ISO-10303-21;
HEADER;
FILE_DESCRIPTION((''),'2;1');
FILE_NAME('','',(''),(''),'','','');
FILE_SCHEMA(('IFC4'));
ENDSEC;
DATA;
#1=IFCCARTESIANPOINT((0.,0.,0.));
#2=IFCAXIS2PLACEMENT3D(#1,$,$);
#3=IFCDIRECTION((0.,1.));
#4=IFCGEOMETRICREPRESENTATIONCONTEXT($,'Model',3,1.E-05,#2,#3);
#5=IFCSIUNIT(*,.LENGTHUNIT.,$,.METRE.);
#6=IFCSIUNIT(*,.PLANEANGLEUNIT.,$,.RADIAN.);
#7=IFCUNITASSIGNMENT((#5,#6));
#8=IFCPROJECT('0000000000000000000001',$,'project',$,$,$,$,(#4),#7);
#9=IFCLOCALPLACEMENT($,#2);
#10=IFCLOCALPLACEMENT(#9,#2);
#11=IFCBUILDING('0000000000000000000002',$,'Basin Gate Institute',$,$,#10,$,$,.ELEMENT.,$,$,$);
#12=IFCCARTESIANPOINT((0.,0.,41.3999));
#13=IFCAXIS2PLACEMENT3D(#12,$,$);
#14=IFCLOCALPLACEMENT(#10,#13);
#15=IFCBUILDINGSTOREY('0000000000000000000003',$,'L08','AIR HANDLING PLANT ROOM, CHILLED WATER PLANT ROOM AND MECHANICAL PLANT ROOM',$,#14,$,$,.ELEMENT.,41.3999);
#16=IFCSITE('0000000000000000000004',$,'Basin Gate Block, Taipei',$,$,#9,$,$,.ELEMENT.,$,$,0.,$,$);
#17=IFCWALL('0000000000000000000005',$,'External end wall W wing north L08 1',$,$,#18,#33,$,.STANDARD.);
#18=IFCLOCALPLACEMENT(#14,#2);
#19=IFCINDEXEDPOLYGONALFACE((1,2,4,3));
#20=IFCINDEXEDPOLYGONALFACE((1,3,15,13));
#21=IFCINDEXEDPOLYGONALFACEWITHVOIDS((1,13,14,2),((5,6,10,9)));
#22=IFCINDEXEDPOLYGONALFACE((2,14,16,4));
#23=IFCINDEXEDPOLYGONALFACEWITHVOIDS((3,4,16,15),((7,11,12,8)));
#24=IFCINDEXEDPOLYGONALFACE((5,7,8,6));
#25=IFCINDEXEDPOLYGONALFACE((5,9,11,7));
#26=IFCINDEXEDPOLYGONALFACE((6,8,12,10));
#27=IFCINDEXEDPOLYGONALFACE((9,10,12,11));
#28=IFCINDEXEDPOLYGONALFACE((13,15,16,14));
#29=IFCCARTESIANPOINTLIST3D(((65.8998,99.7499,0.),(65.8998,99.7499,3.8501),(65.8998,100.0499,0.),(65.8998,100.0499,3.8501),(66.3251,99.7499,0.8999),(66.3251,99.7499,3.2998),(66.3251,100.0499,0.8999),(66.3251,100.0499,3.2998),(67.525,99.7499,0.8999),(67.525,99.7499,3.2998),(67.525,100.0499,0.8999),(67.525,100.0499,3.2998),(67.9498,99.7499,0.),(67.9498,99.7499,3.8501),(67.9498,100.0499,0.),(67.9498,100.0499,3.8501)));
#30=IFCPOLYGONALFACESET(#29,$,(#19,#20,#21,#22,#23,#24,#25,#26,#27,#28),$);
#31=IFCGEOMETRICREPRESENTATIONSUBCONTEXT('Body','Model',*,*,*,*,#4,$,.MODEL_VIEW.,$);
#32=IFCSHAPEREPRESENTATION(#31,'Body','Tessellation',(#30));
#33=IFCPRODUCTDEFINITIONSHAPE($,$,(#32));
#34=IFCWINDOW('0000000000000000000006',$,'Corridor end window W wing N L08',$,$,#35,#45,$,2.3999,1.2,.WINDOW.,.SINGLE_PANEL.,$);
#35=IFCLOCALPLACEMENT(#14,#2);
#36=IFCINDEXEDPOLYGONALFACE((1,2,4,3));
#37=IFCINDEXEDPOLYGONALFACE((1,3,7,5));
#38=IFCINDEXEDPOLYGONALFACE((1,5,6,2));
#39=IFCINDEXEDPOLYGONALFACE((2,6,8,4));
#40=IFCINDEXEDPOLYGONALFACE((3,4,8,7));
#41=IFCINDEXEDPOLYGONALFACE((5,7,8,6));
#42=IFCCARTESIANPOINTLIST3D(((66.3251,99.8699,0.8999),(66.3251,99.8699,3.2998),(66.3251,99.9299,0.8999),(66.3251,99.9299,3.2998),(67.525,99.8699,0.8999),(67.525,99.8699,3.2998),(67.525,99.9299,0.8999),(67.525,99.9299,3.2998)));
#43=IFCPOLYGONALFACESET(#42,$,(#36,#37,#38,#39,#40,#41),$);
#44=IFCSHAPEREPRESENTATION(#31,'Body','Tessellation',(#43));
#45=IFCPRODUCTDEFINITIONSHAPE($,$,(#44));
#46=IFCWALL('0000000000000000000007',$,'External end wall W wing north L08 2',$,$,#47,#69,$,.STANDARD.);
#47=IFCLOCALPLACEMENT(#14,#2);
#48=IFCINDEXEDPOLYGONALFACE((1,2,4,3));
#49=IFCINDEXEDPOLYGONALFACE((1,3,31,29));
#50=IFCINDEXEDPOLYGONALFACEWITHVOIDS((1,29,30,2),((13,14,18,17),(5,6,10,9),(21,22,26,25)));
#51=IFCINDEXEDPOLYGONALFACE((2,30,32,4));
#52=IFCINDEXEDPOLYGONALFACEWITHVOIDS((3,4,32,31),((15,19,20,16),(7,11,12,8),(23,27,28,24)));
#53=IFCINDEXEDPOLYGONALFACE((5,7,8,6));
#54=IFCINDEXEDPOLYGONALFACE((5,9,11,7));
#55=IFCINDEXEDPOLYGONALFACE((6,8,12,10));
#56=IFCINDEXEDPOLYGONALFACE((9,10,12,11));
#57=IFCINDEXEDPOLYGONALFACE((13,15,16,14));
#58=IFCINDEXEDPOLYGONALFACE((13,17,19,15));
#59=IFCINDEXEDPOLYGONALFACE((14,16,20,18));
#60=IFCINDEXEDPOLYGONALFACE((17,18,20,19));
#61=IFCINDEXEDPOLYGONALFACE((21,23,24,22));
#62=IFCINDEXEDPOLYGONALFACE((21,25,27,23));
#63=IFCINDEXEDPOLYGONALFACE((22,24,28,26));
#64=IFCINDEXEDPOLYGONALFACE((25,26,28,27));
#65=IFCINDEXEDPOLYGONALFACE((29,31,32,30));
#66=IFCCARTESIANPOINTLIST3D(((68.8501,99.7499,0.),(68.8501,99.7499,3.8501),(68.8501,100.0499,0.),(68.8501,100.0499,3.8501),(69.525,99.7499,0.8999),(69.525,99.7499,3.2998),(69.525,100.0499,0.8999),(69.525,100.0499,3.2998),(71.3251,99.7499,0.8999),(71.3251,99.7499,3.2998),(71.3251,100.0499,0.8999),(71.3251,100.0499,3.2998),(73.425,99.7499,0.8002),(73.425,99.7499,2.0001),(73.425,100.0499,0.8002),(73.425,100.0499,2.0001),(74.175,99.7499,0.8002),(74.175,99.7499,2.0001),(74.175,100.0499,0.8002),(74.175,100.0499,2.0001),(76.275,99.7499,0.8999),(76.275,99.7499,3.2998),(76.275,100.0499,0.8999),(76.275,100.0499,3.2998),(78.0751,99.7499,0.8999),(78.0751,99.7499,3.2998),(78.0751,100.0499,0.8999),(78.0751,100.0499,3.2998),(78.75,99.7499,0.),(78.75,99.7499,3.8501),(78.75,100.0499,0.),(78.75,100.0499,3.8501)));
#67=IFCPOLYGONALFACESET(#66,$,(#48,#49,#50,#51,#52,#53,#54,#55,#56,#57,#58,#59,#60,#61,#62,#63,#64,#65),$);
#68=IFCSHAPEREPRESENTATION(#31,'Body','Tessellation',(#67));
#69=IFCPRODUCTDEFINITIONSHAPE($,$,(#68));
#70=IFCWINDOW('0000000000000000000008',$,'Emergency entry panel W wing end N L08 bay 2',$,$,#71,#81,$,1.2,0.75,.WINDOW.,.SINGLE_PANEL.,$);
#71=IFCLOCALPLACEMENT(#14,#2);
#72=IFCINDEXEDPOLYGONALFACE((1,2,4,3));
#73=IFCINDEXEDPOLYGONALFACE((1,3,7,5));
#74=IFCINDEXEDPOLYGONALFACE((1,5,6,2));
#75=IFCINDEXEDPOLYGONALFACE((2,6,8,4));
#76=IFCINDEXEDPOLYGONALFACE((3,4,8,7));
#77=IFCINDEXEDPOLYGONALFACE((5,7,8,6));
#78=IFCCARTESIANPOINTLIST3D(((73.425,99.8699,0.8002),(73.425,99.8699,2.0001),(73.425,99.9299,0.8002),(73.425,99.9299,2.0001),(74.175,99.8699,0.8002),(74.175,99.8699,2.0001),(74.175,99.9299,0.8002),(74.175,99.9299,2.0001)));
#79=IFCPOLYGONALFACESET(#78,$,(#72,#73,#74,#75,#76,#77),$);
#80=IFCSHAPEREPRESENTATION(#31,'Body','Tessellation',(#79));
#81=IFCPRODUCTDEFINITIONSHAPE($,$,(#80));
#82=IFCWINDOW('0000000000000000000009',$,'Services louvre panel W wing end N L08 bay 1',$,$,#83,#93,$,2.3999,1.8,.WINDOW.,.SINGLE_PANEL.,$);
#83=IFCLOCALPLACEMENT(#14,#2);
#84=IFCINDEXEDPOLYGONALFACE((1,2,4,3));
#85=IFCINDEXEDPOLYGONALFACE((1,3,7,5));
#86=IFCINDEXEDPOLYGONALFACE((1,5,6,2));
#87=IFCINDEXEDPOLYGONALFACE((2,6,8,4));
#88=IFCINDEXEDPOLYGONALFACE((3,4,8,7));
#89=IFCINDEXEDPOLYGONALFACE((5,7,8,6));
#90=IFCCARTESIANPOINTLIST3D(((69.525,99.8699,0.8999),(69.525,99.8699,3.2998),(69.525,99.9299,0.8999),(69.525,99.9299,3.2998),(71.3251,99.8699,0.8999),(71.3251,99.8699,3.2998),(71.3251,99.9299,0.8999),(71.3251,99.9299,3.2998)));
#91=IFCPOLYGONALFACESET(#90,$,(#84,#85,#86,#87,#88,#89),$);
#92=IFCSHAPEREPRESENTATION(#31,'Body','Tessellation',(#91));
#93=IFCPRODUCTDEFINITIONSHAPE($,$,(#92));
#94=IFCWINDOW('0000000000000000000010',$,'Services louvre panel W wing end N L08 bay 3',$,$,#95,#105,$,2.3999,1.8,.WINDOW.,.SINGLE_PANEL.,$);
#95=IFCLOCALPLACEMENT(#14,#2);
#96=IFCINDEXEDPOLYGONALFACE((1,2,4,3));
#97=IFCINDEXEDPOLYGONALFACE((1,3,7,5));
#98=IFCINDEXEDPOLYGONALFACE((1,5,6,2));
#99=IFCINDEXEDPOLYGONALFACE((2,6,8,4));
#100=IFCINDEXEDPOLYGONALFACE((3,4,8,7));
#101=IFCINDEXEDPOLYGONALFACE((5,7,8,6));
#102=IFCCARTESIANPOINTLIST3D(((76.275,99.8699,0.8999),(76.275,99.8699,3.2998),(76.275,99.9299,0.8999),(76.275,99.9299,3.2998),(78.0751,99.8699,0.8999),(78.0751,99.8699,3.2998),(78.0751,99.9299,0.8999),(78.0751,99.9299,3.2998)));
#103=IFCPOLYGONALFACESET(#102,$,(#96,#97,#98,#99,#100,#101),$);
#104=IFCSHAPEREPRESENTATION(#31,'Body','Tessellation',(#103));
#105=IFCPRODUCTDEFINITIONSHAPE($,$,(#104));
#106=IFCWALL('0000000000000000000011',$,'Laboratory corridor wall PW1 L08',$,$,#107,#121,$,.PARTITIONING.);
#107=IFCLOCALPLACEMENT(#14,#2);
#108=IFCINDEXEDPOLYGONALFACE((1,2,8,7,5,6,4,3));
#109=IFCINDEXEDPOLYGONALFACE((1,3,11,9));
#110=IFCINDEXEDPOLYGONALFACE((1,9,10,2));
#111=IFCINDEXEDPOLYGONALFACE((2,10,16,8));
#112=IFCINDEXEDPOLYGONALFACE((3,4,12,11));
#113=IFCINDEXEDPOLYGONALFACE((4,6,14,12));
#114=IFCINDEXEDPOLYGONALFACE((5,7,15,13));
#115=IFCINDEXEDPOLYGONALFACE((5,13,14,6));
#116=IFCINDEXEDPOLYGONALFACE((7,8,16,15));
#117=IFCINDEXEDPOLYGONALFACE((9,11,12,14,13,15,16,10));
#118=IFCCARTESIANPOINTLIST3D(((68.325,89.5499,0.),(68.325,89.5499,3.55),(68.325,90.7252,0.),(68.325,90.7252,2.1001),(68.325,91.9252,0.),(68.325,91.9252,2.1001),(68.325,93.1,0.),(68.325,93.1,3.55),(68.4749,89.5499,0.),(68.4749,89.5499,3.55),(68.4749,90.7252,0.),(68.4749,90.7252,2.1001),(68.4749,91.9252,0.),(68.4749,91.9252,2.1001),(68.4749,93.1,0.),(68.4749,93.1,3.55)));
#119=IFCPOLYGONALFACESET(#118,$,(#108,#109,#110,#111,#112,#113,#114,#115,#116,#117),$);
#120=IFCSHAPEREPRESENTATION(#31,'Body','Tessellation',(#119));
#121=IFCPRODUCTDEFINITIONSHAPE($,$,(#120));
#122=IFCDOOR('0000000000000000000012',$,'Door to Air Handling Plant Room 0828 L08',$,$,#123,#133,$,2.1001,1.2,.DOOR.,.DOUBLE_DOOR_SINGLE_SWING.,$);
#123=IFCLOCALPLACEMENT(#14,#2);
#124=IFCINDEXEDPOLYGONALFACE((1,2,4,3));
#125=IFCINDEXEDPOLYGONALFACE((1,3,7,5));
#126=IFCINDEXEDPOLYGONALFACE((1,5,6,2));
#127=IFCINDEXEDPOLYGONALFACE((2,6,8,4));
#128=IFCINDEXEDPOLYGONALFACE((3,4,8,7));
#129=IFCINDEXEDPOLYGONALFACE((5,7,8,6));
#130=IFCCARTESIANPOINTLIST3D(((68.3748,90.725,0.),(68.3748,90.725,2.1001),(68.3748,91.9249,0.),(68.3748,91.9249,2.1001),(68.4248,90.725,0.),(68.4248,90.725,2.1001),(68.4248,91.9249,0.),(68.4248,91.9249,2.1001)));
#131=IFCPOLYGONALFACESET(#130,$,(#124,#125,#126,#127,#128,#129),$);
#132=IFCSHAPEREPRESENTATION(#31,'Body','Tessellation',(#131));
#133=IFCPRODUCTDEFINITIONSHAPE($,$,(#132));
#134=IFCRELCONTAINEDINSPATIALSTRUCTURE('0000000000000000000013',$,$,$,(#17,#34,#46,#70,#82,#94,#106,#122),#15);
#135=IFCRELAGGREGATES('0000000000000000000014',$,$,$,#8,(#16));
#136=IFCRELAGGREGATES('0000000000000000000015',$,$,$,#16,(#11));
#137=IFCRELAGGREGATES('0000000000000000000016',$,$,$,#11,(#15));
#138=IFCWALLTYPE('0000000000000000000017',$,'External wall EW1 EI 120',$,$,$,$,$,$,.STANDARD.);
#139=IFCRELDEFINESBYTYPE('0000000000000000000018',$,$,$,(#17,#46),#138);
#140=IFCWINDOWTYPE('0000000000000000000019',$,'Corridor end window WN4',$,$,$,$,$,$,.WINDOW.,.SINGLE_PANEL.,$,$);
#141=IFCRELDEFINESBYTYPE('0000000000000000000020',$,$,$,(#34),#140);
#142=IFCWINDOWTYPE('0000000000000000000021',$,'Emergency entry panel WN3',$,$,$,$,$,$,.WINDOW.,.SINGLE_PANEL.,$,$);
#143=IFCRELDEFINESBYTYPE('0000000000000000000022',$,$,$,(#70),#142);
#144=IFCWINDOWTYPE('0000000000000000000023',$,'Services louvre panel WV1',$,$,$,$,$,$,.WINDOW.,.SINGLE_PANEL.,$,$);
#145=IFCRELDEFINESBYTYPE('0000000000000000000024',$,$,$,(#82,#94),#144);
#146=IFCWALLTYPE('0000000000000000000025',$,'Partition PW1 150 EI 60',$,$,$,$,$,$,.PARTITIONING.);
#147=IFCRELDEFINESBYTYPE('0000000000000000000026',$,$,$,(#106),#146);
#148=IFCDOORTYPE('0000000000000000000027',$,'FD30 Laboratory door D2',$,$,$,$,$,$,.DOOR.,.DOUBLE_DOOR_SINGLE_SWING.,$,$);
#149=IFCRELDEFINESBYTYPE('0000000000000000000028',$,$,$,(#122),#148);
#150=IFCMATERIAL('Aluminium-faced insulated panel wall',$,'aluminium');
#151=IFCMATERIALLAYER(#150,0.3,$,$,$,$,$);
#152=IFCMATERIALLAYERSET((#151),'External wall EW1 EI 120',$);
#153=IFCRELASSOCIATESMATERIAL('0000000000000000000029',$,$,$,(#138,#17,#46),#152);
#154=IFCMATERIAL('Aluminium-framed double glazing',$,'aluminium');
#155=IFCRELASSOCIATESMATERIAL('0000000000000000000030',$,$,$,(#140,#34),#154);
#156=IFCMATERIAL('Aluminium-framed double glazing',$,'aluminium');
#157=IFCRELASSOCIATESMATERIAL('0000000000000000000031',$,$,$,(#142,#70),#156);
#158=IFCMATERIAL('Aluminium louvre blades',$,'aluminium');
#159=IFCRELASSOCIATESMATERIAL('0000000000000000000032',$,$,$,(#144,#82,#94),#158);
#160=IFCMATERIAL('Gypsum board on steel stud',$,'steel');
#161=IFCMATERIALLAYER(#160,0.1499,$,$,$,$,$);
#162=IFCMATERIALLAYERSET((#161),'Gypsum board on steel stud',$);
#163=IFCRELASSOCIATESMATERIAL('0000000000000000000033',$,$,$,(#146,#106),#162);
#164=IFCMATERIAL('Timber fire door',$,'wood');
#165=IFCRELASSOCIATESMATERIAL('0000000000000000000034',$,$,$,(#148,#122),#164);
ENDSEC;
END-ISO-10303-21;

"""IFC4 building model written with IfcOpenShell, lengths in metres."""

from ifc_helpers import new_model, si_unit, direction, frame, frame_2d, origin, place, context, subcontext, project, spatial, rectangle, extrude, material, layer, layer_set, type_object, element, fill, save


model = new_model("IFC4")

# Units and contexts
model_context = context("Model", 3, precision=1e-05, world=origin(), true_north=direction((0.0, 1.0)))
body_context = subcontext(model_context, "Body", "Model", "MODEL_VIEW")
ifc_project = project(units=[si_unit("LENGTHUNIT", "METRE"), si_unit("PLANEANGLEUNIT", "RADIAN")], contexts=[model_context])

# Site, building, storey
site_placement = place(None, origin())
site = spatial("IfcSite", under=ifc_project, at=site_placement, Name="Basin Gate Block, Taipei", CompositionType="ELEMENT", RefElevation=0.0)
building_placement = place(site_placement, origin())
building = spatial("IfcBuilding", under=site, at=building_placement, Name="Basin Gate Institute", CompositionType="ELEMENT")
storey_placement = place(building_placement, frame((0.0, 0.0, 41.3999)))
storey = spatial("IfcBuildingStorey", under=building, at=storey_placement, Name="L08", Description="AIR HANDLING PLANT ROOM, CHILLED WATER PLANT ROOM AND MECHANICAL PLANT ROOM", CompositionType="ELEMENT", Elevation=41.3999)

# Wall, opening, window
ifc_material_1 = material(Name="Aluminium-faced insulated panel wall", Category="aluminium")
ifc_layer_1 = layer(ifc_material_1, 0.3)
ifc_layer_set_1 = layer_set([ifc_layer_1], Name="External wall EW1 EI 120")
wall_type_1 = type_object("IfcWallType", Name="External wall EW1 EI 120", PredefinedType="STANDARD", material=ifc_layer_set_1)
wall_1_placement = place(storey_placement, frame((65.8999, 99.8999, 0.0), z_axis=(0.0, 0.0, 1.0), x_axis=(1.0, 0.0, 0.0)))
wall_1 = element("IfcWall", 1, at=wall_1_placement, inside=storey, type_object=wall_type_1, material=ifc_layer_set_1, Name="External end wall W wing north L08 1", PredefinedType="STANDARD", context=body_context, shape_type="SweptSolid", body=[
    extrude(rectangle(XDim=2.05, YDim=0.3, at=frame_2d((1.0249, 0.0))), origin(), (0.0, 0.0, 1.0), 3.8501),
])
opening_1_placement = place(wall_1_placement, frame((0.425, 0.0, 0.8999)))
opening_1 = element("IfcOpeningElement", 2, at=opening_1_placement, cuts=wall_1, PredefinedType="OPENING", context=body_context, shape_type="SweptSolid", body=[
    extrude(rectangle(XDim=1.2, YDim=2.3999, at=frame_2d((0.6001, 1.2))), frame((0.0, 0.1602, 0.0), z_axis=(0.0, -1.0, 0.0), x_axis=(1.0, 0.0, 0.0)), (0.0, 0.0, 1.0), 0.3201),
])
ifc_material_2 = material(Name="Aluminium-framed double glazing", Category="aluminium")
window_type_1 = type_object("IfcWindowType", Name="Corridor end window WN4", PartitioningType="SINGLE_PANEL", PredefinedType="WINDOW", material=ifc_material_2)
window_1_placement = place(opening_1_placement, origin())
window_1 = element("IfcWindow", 3, at=window_1_placement, inside=storey, type_object=window_type_1, material=ifc_material_2, Name="Corridor end window W wing N L08", OverallHeight=2.3999, OverallWidth=1.2, PartitioningType="SINGLE_PANEL", PredefinedType="WINDOW", context=body_context, shape_type="SweptSolid", body=[
    extrude(rectangle(XDim=1.2, YDim=2.3999, at=frame_2d((0.6001, 1.2))), frame((0.0, 0.03, 0.0), z_axis=(0.0, -1.0, 0.0), x_axis=(1.0, 0.0, 0.0)), (0.0, 0.0, 1.0), 0.0601),
])
fill(opening_1, window_1)

# Wall, openings, windows
wall_2_placement = place(storey_placement, frame((68.8501, 99.8999, 0.0), z_axis=(0.0, 0.0, 1.0), x_axis=(1.0, 0.0, 0.0)))
wall_2 = element("IfcWall", 4, at=wall_2_placement, inside=storey, type_object=wall_type_1, material=ifc_layer_set_1, Name="External end wall W wing north L08 2", PredefinedType="STANDARD", context=body_context, shape_type="SweptSolid", body=[
    extrude(rectangle(XDim=9.8999, YDim=0.3, at=frame_2d((4.95, 0.0))), origin(), (0.0, 0.0, 1.0), 3.8501),
])
opening_2_placement = place(wall_2_placement, frame((0.675, 0.0, 0.8999)))
opening_2 = element("IfcOpeningElement", 5, at=opening_2_placement, cuts=wall_2, PredefinedType="OPENING", context=body_context, shape_type="SweptSolid", body=[
    extrude(rectangle(XDim=1.8, YDim=2.3999, at=frame_2d((0.8999, 1.2))), frame((0.0, 0.1602, 0.0), z_axis=(0.0, -1.0, 0.0), x_axis=(1.0, 0.0, 0.0)), (0.0, 0.0, 1.0), 0.3201),
])
opening_3_placement = place(wall_2_placement, frame((4.575, 0.0, 0.8)))
opening_3 = element("IfcOpeningElement", 6, at=opening_3_placement, cuts=wall_2, PredefinedType="OPENING", context=body_context, shape_type="SweptSolid", body=[
    extrude(rectangle(XDim=0.75, YDim=1.2, at=frame_2d((0.375, 0.6001))), frame((0.0, 0.1602, 0.0), z_axis=(0.0, -1.0, 0.0), x_axis=(1.0, 0.0, 0.0)), (0.0, 0.0, 1.0), 0.3201),
])
opening_4_placement = place(wall_2_placement, frame((7.425, 0.0, 0.8999)))
opening_4 = element("IfcOpeningElement", 7, at=opening_4_placement, cuts=wall_2, PredefinedType="OPENING", context=body_context, shape_type="SweptSolid", body=[
    extrude(rectangle(XDim=1.8, YDim=2.3999, at=frame_2d((0.8999, 1.2))), frame((0.0, 0.1602, 0.0), z_axis=(0.0, -1.0, 0.0), x_axis=(1.0, 0.0, 0.0)), (0.0, 0.0, 1.0), 0.3201),
])
ifc_material_3 = material(Name="Aluminium-framed double glazing", Category="aluminium")
window_type_2 = type_object("IfcWindowType", Name="Emergency entry panel WN3", PartitioningType="SINGLE_PANEL", PredefinedType="WINDOW", material=ifc_material_3)
window_2_placement = place(opening_3_placement, origin())
window_2 = element("IfcWindow", 8, at=window_2_placement, inside=storey, type_object=window_type_2, material=ifc_material_3, Name="Emergency entry panel W wing end N L08 bay 2", OverallHeight=1.2, OverallWidth=0.75, PartitioningType="SINGLE_PANEL", PredefinedType="WINDOW", context=body_context, shape_type="SweptSolid", body=[
    extrude(rectangle(XDim=0.75, YDim=1.2, at=frame_2d((0.375, 0.6001))), frame((0.0, 0.03, 0.0), z_axis=(0.0, -1.0, 0.0), x_axis=(1.0, 0.0, 0.0)), (0.0, 0.0, 1.0), 0.0601),
])
fill(opening_3, window_2)
ifc_material_4 = material(Name="Aluminium louvre blades", Category="aluminium")
window_type_3 = type_object("IfcWindowType", Name="Services louvre panel WV1", PartitioningType="SINGLE_PANEL", PredefinedType="WINDOW", material=ifc_material_4)
window_3_placement = place(opening_2_placement, origin())
window_3 = element("IfcWindow", 9, at=window_3_placement, inside=storey, type_object=window_type_3, material=ifc_material_4, Name="Services louvre panel W wing end N L08 bay 1", OverallHeight=2.3999, OverallWidth=1.8, PartitioningType="SINGLE_PANEL", PredefinedType="WINDOW", context=body_context, shape_type="SweptSolid", body=[
    extrude(rectangle(XDim=1.8, YDim=2.3999, at=frame_2d((0.8999, 1.2))), frame((0.0, 0.03, 0.0), z_axis=(0.0, -1.0, 0.0), x_axis=(1.0, 0.0, 0.0)), (0.0, 0.0, 1.0), 0.0601),
])
fill(opening_2, window_3)
window_4_placement = place(opening_4_placement, origin())
window_4 = element("IfcWindow", 10, at=window_4_placement, inside=storey, type_object=window_type_3, material=ifc_material_4, Name="Services louvre panel W wing end N L08 bay 3", OverallHeight=2.3999, OverallWidth=1.8, PartitioningType="SINGLE_PANEL", PredefinedType="WINDOW", context=body_context, shape_type="SweptSolid", body=[
    extrude(rectangle(XDim=1.8, YDim=2.3999, at=frame_2d((0.8999, 1.2))), frame((0.0, 0.03, 0.0), z_axis=(0.0, -1.0, 0.0), x_axis=(1.0, 0.0, 0.0)), (0.0, 0.0, 1.0), 0.0601),
])
fill(opening_4, window_4)

# Wall, opening, door
ifc_material_5 = material(Name="Gypsum board on steel stud", Category="steel")
ifc_layer_2 = layer(ifc_material_5, 0.1499)
ifc_layer_set_2 = layer_set([ifc_layer_2], Name="Gypsum board on steel stud")
wall_type_2 = type_object("IfcWallType", Name="Partition PW1 150 EI 60", PredefinedType="PARTITIONING", material=ifc_layer_set_2)
wall_3_placement = place(storey_placement, frame((68.3999, 89.55, 0.0), z_axis=(0.0, 0.0, 1.0), x_axis=(0.0, 1.0, 0.0)))
wall_3 = element("IfcWall", 11, at=wall_3_placement, inside=storey, type_object=wall_type_2, material=ifc_layer_set_2, Name="Laboratory corridor wall PW1 L08", PredefinedType="PARTITIONING", context=body_context, shape_type="SweptSolid", body=[
    extrude(rectangle(XDim=3.55, YDim=0.1499, at=frame_2d((1.7749, 0.0))), origin(), (0.0, 0.0, 1.0), 3.55),
])
opening_5_placement = place(wall_3_placement, frame((1.175, 0.0, 0.0)))
opening_5 = element("IfcOpeningElement", 12, at=opening_5_placement, cuts=wall_3, PredefinedType="OPENING", context=body_context, shape_type="SweptSolid", body=[
    extrude(rectangle(XDim=1.2, YDim=2.1001, at=frame_2d((0.6001, 1.05))), frame((0.0, 0.085, 0.0), z_axis=(0.0, -1.0, 0.0), x_axis=(1.0, 0.0, 0.0)), (0.0, 0.0, 1.0), 0.1699),
])
ifc_material_6 = material(Name="Timber fire door", Category="wood")
door_type = type_object("IfcDoorType", Name="FD30 Laboratory door D2", OperationType="DOUBLE_DOOR_SINGLE_SWING", PredefinedType="DOOR", material=ifc_material_6)
door_placement = place(opening_5_placement, frame((1.2, 0.0, 0.0), z_axis=(0.0, 0.0, 1.0), x_axis=(-1.0, 0.0, 0.0)))
door = element("IfcDoor", 13, at=door_placement, inside=storey, type_object=door_type, material=ifc_material_6, Name="Door to Air Handling Plant Room 0828 L08", OperationType="DOUBLE_DOOR_SINGLE_SWING", OverallHeight=2.1001, OverallWidth=1.2, PredefinedType="DOOR", context=body_context, shape_type="SweptSolid", body=[
    extrude(rectangle(XDim=1.2, YDim=2.1001, at=frame_2d((0.6001, 1.05))), frame((0.0, 0.0249, 0.0), z_axis=(0.0, -1.0, 0.0), x_axis=(1.0, 0.0, 0.0)), (0.0, 0.0, 1.0), 0.05),
])
fill(opening_5, door)

save(model, "model.ifc")
